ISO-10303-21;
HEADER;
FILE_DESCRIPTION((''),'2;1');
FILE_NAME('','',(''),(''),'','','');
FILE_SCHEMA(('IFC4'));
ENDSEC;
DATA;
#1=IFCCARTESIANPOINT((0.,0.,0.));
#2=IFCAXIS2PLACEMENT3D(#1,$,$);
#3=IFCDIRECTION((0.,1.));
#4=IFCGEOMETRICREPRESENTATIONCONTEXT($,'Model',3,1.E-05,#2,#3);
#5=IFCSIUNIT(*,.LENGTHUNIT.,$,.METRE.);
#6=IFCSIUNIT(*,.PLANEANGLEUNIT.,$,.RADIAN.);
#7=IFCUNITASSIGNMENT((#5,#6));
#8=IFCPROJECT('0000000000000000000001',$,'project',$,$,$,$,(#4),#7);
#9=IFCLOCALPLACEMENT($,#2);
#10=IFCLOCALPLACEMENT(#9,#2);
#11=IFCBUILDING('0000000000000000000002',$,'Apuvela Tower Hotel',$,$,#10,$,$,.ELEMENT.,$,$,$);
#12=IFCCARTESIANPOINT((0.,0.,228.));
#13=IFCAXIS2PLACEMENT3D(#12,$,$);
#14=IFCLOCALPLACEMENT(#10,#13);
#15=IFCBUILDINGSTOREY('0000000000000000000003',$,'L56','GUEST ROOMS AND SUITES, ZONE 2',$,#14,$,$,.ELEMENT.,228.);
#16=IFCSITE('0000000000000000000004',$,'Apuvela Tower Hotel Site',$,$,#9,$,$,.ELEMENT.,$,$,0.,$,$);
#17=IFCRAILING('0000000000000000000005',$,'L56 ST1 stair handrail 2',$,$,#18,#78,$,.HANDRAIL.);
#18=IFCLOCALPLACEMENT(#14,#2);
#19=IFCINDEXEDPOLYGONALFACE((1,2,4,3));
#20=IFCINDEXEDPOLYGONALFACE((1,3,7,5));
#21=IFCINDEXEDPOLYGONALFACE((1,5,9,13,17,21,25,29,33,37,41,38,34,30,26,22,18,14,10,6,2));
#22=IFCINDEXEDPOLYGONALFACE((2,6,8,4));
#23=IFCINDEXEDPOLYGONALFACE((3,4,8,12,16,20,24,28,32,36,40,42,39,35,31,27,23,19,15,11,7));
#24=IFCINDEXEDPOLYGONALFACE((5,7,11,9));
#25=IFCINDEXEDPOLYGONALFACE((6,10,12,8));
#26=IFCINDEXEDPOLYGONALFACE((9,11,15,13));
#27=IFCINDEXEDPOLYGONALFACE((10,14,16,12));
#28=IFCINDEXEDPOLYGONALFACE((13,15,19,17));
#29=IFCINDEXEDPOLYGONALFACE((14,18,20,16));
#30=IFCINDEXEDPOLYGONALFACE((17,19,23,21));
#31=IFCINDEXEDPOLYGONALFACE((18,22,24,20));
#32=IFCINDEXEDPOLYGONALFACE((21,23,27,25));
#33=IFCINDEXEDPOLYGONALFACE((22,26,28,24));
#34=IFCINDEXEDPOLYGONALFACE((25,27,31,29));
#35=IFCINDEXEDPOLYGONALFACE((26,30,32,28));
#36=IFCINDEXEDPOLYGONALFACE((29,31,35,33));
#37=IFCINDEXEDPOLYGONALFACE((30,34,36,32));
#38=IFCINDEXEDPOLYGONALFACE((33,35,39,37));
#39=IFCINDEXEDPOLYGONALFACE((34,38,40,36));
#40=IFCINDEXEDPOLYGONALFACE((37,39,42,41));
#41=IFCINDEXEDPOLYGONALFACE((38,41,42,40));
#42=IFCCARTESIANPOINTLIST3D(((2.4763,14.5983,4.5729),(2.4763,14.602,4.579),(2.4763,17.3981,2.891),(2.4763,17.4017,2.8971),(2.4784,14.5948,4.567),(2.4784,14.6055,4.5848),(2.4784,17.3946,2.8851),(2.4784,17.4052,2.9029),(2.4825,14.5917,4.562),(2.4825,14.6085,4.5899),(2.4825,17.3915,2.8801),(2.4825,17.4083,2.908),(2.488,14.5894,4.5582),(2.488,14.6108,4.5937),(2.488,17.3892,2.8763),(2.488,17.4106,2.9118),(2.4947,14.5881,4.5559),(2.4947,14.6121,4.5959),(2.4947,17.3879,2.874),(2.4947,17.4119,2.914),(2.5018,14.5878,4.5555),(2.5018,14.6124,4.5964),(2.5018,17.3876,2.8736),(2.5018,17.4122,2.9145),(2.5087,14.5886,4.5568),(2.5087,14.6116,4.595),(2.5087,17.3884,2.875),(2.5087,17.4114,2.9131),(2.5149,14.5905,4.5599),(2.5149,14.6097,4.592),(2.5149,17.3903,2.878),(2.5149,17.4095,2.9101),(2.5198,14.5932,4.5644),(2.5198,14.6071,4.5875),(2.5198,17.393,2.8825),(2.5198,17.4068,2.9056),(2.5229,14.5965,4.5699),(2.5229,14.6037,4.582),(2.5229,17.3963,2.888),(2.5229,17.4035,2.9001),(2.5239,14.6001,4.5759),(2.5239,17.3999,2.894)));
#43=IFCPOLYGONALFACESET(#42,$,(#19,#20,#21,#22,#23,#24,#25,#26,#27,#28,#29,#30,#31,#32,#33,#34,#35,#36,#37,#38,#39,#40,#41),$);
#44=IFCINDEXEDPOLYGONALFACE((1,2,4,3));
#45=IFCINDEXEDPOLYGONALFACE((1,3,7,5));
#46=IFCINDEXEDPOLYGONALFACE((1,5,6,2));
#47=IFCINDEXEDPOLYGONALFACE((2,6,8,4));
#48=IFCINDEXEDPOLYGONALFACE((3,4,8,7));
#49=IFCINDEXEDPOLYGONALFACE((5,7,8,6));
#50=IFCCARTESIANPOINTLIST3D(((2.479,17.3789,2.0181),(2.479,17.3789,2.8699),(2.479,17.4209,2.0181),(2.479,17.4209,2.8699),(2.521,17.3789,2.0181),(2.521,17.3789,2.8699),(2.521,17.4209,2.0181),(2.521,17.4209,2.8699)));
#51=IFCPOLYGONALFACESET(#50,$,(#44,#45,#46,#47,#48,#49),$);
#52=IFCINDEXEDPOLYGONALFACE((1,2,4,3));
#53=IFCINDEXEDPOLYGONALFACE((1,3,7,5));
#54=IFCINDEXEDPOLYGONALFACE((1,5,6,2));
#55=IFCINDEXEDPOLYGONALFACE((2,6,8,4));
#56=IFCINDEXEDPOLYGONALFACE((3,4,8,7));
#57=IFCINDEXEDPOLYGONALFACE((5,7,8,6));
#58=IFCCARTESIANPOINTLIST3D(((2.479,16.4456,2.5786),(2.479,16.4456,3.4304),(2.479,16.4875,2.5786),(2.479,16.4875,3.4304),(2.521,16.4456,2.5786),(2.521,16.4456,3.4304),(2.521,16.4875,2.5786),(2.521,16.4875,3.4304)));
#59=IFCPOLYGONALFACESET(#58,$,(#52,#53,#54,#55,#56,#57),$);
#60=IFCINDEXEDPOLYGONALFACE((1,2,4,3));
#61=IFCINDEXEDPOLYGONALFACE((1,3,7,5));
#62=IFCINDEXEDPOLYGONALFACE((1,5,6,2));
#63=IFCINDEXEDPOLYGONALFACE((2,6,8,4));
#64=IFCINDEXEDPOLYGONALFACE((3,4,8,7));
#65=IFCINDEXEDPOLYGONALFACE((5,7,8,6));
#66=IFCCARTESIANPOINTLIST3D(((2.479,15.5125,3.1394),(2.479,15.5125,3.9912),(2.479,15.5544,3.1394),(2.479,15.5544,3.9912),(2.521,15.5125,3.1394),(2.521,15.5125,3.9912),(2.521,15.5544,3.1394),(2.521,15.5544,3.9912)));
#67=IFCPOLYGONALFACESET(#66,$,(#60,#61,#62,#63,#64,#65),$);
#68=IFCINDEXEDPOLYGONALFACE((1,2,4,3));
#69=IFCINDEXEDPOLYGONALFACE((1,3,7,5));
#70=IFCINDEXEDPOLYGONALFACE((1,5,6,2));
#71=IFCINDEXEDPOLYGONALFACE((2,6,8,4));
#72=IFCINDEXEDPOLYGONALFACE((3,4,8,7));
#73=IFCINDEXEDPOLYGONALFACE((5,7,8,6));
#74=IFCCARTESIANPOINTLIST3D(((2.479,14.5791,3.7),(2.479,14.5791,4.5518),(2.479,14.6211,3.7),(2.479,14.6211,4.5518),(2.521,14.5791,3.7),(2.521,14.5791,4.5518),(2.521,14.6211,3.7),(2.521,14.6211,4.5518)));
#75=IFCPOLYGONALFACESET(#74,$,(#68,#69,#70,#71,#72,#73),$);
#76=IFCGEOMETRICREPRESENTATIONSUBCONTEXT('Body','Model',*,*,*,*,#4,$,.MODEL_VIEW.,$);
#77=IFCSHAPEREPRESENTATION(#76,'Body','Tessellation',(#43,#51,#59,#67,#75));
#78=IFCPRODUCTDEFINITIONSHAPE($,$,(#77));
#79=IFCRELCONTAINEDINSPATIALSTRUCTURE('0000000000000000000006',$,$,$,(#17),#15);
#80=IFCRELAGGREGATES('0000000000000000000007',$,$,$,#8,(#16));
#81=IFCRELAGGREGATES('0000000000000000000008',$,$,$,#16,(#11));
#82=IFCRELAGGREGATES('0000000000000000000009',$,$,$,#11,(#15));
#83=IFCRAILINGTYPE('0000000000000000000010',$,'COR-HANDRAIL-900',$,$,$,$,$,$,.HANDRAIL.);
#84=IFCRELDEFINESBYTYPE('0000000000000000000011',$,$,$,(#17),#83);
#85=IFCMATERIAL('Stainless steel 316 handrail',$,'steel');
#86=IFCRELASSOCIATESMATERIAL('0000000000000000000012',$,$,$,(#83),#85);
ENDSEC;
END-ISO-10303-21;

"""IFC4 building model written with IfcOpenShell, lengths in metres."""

from ifc_helpers import new_model, si_unit, direction, frame, origin, origin_2d, place, context, subcontext, project, spatial, rectangle, circle, extrude, material, type_object, element, save


model = new_model("IFC4")

# Units and contexts
model_context = context("Model", 3, precision=1e-05, world=origin(), true_north=direction((0.0, 1.0)))
body_context = subcontext(model_context, "Body", "Model", "MODEL_VIEW")
ifc_project = project(units=[si_unit("LENGTHUNIT", "METRE"), si_unit("PLANEANGLEUNIT", "RADIAN")], contexts=[model_context])

# Site, building, storey
site_placement = place(None, origin())
site = spatial("IfcSite", under=ifc_project, at=site_placement, Name="Apuvela Tower Hotel Site", CompositionType="ELEMENT", RefElevation=0.0)
building_placement = place(site_placement, origin())
building = spatial("IfcBuilding", under=site, at=building_placement, Name="Apuvela Tower Hotel", CompositionType="ELEMENT")
storey_placement = place(building_placement, frame((0.0, 0.0, 228.0)))
storey = spatial("IfcBuildingStorey", under=building, at=storey_placement, Name="L56", Description="GUEST ROOMS AND SUITES, ZONE 2", CompositionType="ELEMENT", Elevation=228.0)

# Railing
ifc_material_1 = material(Name="Stainless steel 316 handrail", Category="steel")
railing_type_1 = type_object("IfcRailingType", Name="COR-HANDRAIL-900", PredefinedType="HANDRAIL", material=ifc_material_1)
railing_1_placement = place(storey_placement, frame((2.5, 17.3999, 2.0181)))
element("IfcRailing", 1, at=railing_1_placement, inside=storey, type_object=railing_type_1, Name="L56 ST1 stair handrail 2", PredefinedType="HANDRAIL", context=body_context, shape_type="SweptSolid", body=[
    extrude(circle(Radius=0.0239, at=origin_2d()), frame((0.0, 0.0, 0.876), z_axis=(0.0, -0.857222, 0.514946), x_axis=(1.0, 0.0, 0.0)), (0.0, 0.0, 1.0), 3.2661),
    extrude(rectangle(XDim=0.042, YDim=0.042, at=origin_2d()), origin(), (0.0, 0.0, 1.0), 0.8518),
    extrude(rectangle(XDim=0.042, YDim=0.042, at=origin_2d()), frame((0.0, -0.9333, 0.5605)), (0.0, 0.0, 1.0), 0.8518),
    extrude(rectangle(XDim=0.042, YDim=0.042, at=origin_2d()), frame((0.0, -1.8665, 1.1213)), (0.0, 0.0, 1.0), 0.8518),
    extrude(rectangle(XDim=0.042, YDim=0.042, at=origin_2d()), frame((0.0, -2.7998, 1.6819)), (0.0, 0.0, 1.0), 0.8518),
])

save(model, "model.ifc")
